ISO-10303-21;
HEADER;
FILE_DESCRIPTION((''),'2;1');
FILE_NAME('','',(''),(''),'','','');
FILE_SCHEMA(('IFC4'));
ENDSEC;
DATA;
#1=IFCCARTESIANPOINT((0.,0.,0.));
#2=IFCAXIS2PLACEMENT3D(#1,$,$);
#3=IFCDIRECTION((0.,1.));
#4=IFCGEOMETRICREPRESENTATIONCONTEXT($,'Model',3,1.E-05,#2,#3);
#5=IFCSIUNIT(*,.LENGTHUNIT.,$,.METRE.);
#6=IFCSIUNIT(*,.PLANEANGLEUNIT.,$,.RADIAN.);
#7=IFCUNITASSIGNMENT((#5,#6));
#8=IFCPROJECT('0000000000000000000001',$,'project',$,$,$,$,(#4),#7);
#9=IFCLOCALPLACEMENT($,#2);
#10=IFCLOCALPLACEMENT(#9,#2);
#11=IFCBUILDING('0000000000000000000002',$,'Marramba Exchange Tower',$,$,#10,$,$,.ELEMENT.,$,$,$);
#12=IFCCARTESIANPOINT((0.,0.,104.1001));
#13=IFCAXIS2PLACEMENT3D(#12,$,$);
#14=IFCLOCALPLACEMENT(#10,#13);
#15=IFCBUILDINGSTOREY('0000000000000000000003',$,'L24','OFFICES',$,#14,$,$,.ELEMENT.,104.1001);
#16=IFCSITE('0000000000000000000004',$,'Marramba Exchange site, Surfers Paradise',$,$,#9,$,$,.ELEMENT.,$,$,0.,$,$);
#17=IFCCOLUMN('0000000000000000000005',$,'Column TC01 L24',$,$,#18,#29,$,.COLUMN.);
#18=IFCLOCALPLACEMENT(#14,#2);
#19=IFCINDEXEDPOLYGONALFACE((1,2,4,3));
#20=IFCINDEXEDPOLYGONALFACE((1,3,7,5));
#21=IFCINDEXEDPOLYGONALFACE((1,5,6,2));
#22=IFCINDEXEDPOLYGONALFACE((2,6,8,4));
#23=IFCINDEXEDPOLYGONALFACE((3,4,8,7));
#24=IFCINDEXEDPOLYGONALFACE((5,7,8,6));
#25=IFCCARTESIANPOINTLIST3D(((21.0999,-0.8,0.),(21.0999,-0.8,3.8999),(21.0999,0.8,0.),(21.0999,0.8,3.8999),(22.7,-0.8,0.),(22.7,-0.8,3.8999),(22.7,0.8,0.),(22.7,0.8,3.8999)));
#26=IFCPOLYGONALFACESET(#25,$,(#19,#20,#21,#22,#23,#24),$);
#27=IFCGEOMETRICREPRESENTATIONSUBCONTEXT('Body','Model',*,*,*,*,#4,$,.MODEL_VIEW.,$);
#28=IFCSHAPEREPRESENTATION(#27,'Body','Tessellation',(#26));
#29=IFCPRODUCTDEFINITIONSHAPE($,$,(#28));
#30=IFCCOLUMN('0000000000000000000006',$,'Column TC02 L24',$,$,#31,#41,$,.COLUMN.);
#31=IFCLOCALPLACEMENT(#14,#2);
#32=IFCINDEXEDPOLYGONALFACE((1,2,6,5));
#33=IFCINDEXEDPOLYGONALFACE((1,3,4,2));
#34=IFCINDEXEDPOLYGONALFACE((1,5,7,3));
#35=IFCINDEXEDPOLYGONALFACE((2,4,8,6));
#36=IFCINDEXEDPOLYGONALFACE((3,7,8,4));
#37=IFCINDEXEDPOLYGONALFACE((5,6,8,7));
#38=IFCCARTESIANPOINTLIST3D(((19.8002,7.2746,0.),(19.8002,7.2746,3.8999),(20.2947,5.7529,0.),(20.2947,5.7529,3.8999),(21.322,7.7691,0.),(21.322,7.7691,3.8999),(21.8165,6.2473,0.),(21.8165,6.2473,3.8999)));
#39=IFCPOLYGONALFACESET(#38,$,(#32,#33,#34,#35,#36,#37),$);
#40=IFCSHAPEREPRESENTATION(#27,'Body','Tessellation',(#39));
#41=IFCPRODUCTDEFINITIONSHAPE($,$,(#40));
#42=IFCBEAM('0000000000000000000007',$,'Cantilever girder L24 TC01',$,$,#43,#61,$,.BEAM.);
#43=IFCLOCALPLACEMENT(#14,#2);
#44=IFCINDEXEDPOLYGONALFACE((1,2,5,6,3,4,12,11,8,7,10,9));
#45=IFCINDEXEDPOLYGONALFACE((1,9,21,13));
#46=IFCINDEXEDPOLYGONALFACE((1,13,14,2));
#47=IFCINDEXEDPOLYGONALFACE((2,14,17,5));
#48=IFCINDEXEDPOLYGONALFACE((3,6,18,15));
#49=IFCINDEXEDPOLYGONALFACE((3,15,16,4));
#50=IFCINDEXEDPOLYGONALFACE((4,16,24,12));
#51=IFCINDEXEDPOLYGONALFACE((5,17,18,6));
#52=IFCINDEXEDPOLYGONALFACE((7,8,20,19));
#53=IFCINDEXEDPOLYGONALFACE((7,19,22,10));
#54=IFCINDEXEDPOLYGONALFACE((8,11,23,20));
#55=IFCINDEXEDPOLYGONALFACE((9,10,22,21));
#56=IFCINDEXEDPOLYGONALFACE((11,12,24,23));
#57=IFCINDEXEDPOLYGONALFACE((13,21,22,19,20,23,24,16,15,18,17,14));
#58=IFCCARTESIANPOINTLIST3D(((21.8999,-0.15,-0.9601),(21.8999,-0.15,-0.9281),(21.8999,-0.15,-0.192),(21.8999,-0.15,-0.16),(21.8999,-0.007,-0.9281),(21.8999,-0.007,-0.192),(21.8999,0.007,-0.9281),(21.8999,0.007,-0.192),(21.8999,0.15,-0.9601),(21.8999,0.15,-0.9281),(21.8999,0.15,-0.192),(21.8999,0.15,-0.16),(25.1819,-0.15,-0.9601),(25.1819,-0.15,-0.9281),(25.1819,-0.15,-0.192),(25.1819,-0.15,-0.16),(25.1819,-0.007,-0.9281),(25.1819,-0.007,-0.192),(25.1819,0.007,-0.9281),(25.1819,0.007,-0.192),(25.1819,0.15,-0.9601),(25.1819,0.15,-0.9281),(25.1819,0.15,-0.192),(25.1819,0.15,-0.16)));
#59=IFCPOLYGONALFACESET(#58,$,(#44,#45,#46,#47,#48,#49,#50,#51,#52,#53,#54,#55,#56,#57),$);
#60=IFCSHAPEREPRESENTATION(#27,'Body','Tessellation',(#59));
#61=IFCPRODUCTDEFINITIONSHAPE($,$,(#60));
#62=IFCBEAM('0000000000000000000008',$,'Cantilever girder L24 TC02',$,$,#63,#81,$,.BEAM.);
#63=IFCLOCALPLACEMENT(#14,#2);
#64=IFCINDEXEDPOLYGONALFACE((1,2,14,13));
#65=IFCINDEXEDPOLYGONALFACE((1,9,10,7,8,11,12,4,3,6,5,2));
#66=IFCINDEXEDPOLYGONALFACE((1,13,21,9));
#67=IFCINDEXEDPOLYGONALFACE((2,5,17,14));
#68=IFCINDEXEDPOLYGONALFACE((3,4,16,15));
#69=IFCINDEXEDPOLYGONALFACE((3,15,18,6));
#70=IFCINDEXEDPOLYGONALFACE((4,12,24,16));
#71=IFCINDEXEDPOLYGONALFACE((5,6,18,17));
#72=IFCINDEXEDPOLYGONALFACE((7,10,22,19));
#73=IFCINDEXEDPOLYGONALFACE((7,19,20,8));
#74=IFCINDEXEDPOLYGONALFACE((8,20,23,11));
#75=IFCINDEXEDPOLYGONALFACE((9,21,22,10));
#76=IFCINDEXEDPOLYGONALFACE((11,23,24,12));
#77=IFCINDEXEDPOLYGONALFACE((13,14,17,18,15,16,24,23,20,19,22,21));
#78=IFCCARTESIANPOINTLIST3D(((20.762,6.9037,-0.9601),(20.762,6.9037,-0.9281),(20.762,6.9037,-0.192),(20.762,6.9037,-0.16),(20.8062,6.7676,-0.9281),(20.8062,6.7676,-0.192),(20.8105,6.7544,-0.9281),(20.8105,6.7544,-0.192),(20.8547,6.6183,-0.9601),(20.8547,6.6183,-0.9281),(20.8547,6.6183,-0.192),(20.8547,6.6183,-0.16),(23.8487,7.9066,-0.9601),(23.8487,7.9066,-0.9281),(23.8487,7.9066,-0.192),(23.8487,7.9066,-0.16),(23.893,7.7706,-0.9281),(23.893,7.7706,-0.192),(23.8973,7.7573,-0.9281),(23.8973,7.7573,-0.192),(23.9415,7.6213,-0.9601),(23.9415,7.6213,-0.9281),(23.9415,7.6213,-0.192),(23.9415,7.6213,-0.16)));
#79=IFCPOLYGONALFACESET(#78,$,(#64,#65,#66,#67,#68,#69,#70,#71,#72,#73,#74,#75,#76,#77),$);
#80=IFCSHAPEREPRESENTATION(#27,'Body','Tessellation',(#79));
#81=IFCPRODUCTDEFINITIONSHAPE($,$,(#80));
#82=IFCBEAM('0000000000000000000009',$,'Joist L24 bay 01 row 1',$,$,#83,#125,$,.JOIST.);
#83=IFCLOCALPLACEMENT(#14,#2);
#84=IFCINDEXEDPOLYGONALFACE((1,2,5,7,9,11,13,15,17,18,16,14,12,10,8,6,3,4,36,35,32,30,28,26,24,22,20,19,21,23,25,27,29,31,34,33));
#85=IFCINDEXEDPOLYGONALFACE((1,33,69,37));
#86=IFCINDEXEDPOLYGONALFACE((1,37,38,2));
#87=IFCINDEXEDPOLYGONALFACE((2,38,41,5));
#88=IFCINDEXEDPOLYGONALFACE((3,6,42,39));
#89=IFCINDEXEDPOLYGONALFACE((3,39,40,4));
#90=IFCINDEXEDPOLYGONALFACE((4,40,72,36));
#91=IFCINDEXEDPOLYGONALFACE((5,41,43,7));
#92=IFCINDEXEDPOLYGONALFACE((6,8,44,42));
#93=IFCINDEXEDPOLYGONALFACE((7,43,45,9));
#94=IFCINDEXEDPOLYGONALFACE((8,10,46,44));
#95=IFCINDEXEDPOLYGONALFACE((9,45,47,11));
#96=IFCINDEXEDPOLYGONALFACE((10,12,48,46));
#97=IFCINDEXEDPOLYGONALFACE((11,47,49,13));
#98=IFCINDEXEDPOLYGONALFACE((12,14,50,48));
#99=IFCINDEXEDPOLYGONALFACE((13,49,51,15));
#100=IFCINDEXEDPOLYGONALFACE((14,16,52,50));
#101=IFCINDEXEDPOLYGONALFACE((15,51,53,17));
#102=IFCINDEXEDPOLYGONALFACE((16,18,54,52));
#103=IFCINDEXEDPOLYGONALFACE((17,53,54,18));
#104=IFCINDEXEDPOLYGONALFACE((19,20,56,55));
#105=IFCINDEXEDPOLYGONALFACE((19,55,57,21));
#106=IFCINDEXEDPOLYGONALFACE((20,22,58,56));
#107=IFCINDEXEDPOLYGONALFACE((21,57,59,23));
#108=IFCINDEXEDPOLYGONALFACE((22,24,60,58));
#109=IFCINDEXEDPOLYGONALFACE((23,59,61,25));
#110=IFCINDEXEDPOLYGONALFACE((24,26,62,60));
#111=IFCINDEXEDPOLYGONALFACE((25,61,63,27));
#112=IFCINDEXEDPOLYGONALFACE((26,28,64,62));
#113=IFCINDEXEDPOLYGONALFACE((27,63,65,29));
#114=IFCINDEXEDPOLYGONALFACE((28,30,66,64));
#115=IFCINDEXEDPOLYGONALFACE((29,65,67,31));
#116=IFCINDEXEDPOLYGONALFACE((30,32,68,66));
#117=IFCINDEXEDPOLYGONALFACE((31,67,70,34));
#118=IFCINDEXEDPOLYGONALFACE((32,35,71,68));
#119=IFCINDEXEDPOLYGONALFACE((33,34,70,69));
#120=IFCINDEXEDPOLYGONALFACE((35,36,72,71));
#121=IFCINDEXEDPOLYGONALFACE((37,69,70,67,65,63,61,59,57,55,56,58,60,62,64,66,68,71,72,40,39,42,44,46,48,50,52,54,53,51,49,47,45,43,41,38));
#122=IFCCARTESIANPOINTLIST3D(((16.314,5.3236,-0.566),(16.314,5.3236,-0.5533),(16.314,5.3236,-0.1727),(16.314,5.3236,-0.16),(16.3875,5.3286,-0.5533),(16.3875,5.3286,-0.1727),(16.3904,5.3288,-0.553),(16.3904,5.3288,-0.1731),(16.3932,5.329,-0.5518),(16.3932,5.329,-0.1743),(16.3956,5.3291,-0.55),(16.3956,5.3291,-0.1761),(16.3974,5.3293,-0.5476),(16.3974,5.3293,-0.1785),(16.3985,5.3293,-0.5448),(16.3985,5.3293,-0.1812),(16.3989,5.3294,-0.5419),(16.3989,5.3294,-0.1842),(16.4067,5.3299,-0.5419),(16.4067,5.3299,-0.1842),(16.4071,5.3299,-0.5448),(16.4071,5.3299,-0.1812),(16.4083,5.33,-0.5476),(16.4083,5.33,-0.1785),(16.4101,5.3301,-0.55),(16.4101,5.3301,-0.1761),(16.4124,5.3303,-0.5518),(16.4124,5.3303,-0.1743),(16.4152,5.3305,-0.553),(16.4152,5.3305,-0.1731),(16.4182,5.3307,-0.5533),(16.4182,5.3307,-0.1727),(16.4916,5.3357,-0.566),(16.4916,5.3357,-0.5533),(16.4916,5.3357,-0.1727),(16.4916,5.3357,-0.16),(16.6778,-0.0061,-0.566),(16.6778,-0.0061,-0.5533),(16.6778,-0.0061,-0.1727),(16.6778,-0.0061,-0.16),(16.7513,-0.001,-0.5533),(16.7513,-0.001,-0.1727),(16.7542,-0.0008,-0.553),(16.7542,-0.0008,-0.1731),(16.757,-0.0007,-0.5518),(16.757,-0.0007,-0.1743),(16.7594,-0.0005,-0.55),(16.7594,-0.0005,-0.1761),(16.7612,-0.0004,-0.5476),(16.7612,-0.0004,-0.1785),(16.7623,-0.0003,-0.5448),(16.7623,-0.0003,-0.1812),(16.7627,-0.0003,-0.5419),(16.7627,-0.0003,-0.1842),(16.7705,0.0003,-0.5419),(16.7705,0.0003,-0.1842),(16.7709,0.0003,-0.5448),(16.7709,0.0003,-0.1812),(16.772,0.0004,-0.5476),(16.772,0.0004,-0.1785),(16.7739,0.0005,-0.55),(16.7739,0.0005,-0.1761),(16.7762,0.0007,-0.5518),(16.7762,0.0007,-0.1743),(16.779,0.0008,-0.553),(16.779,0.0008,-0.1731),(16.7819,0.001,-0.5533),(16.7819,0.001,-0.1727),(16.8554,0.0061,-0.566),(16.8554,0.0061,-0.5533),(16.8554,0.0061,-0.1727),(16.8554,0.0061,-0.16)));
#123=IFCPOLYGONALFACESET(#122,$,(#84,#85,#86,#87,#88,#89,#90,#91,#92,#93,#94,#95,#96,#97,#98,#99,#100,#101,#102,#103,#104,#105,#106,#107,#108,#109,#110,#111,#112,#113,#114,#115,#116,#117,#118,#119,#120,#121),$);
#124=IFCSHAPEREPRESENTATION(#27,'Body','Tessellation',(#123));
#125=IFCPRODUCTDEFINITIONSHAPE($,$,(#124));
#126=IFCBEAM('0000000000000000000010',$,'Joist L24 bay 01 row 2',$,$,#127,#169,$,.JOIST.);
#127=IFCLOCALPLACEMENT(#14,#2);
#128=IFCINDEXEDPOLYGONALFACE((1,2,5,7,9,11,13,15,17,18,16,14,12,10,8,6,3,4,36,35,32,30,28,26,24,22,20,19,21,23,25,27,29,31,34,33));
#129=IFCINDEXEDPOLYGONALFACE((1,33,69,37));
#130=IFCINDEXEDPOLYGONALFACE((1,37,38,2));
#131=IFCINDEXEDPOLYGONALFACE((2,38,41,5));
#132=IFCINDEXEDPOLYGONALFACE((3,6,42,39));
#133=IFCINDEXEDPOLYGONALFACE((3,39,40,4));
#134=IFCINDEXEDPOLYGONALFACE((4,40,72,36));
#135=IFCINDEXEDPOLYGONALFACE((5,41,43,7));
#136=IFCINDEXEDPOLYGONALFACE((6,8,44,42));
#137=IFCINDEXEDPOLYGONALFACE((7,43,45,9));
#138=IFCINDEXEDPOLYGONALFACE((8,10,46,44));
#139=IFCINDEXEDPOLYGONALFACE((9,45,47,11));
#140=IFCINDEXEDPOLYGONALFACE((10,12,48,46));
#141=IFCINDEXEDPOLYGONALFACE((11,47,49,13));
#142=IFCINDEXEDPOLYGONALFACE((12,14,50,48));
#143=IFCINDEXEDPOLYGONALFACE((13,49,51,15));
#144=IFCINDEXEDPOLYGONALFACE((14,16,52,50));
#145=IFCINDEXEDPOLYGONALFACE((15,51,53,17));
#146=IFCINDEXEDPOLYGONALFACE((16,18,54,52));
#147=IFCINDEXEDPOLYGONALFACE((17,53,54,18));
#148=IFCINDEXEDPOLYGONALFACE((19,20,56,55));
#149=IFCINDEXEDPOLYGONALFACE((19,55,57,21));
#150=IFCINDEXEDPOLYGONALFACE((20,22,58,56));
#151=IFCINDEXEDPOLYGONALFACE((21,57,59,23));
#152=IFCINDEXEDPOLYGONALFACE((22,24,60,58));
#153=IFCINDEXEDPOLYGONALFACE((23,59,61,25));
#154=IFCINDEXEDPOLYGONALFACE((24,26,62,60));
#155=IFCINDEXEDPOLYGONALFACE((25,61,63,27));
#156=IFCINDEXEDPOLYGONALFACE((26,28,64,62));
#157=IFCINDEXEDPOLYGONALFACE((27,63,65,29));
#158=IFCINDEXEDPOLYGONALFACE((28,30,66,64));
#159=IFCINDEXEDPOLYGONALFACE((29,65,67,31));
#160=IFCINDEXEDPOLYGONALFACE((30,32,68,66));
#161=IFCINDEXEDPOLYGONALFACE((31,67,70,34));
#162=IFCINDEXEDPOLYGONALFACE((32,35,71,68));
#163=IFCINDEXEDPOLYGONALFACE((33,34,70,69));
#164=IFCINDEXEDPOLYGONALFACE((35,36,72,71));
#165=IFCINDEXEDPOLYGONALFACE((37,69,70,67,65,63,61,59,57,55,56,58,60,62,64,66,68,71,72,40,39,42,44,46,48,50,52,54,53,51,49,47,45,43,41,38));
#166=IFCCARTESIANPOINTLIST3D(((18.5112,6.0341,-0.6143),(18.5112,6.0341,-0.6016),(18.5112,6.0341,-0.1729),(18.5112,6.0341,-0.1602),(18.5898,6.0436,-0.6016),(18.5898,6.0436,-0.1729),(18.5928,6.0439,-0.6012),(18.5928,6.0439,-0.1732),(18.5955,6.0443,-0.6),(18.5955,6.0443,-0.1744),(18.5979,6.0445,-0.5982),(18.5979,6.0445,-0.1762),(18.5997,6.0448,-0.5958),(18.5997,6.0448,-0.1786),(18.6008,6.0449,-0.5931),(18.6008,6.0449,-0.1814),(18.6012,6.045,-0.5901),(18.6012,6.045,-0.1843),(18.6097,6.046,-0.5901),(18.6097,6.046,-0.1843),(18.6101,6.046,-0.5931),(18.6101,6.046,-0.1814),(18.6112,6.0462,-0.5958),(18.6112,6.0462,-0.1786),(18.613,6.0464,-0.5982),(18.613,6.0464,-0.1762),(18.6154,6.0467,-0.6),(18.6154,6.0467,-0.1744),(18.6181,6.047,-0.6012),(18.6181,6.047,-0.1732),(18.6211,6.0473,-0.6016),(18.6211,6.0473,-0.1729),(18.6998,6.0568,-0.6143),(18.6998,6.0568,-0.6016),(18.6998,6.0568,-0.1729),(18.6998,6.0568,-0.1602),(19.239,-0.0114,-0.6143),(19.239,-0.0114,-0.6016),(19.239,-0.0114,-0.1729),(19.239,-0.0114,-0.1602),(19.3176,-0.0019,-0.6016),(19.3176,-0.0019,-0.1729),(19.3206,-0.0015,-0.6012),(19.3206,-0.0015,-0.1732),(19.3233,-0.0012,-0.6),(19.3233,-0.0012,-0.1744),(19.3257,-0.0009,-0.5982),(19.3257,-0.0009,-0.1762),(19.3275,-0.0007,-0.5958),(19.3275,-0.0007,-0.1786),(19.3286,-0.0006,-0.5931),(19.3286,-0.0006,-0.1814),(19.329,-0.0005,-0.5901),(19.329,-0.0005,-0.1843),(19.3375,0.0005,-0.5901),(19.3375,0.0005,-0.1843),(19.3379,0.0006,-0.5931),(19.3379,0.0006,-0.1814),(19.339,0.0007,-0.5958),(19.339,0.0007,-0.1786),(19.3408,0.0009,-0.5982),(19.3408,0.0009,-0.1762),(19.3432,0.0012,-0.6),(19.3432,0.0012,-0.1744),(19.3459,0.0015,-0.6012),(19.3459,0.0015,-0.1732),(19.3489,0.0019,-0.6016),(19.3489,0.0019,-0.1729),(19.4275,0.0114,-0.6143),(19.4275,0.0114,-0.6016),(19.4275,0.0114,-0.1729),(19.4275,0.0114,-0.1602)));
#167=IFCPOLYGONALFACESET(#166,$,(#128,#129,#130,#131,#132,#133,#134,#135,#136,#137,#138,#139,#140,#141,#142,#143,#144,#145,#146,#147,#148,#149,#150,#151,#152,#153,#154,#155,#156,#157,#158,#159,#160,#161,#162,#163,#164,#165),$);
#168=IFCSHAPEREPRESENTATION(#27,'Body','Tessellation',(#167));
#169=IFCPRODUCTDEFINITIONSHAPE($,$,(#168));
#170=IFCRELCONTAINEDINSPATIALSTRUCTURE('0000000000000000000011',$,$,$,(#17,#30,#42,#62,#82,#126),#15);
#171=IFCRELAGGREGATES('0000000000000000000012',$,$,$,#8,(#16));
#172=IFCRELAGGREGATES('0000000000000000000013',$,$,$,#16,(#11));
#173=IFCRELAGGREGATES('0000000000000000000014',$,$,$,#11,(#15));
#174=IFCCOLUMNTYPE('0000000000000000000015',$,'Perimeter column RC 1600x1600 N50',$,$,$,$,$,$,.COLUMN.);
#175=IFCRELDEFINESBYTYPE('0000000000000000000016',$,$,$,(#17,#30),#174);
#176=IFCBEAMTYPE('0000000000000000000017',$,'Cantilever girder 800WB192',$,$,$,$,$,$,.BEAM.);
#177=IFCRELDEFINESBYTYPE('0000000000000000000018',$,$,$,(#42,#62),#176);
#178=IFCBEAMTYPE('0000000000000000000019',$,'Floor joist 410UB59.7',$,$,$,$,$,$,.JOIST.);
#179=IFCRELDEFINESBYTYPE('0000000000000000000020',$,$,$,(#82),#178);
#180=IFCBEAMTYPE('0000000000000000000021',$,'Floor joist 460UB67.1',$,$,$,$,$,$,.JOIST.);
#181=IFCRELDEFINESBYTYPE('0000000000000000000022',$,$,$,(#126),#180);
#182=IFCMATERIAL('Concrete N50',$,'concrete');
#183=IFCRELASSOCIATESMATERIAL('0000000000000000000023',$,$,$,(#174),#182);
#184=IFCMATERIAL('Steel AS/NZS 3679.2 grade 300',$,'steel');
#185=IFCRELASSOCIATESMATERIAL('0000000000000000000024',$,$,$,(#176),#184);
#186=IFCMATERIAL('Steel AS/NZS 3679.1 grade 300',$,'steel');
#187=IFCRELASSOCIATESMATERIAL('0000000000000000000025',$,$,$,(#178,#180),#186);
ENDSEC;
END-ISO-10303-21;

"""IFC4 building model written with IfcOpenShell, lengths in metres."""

from ifc_helpers import new_model, si_unit, direction, frame, origin, origin_2d, place, context, subcontext, project, spatial, rectangle, i_section, extrude, material, material_profile, profile_set, type_object, element, save


model = new_model("IFC4")

# Units and contexts
model_context = context("Model", 3, precision=1e-05, world=origin(), true_north=direction((0.0, 1.0)))
body_context = subcontext(model_context, "Body", "Model", "MODEL_VIEW")
ifc_project = project(units=[si_unit("LENGTHUNIT", "METRE"), si_unit("PLANEANGLEUNIT", "RADIAN")], contexts=[model_context])

# Site, building, storey
site_placement = place(None, origin())
site = spatial("IfcSite", under=ifc_project, at=site_placement, Name="Marramba Exchange site, Surfers Paradise", CompositionType="ELEMENT", RefElevation=0.0)
building_placement = place(site_placement, origin())
building = spatial("IfcBuilding", under=site, at=building_placement, Name="Marramba Exchange Tower", CompositionType="ELEMENT")
storey_placement = place(building_placement, frame((0.0, 0.0, 104.1001)))
storey = spatial("IfcBuildingStorey", under=building, at=storey_placement, Name="L24", Description="OFFICES", CompositionType="ELEMENT", Elevation=104.1001)

# Columns
ifc_material_1 = material(Name="Concrete N50", Category="concrete")
ifc_material_profile_1 = material_profile(ifc_material_1, rectangle(XDim=1.6001, YDim=1.6001, at=origin_2d()), Name="RC 1600x1600")
ifc_profile_set_1 = profile_set([ifc_material_profile_1], Name="Concrete N50")
column_type = type_object("IfcColumnType", Name="Perimeter column RC 1600x1600 N50", PredefinedType="COLUMN", material=ifc_profile_set_1)
for number, where, z_axis, x_axis, name in (
    (1, (21.8999, 0.0, 0.0), (0.0, 0.0, 1.0), (1.0, 0.0, 0.0), "Column TC01 L24"),
    (2, (20.8083, 6.761, 0.0), (0.0, 0.0, 1.0), (0.951057, 0.309017, 0.0), "Column TC02 L24"),
):
    element("IfcColumn", number, at=place(storey_placement, frame(where, z_axis=z_axis, x_axis=x_axis)), inside=storey, type_object=column_type, Name=name, PredefinedType="COLUMN", context=body_context, shape_type="SweptSolid", body=[
        extrude(rectangle(XDim=1.6001, YDim=1.6001, at=origin_2d()), origin(), (0.0, 0.0, 1.0), 3.8999),
    ])

# Beams
ifc_material_2 = material(Name="Steel AS/NZS 3679.2 grade 300", Category="steel")
ifc_material_profile_2 = material_profile(ifc_material_2, i_section(OverallWidth=0.3, OverallDepth=0.8, WebThickness=0.0139, FlangeThickness=0.032, at=origin_2d()), Name="800WB192")
ifc_profile_set_2 = profile_set([ifc_material_profile_2], Name="Steel AS/NZS 3679.2 grade 300")
beam_type_1 = type_object("IfcBeamType", Name="Cantilever girder 800WB192", PredefinedType="BEAM", material=ifc_profile_set_2)
beam_1_placement = place(storey_placement, frame((21.8999, 0.0, -0.5601), z_axis=(1.0, 0.0, 0.0), x_axis=(0.0, 1.0, 0.0)))
element("IfcBeam", 3, at=beam_1_placement, inside=storey, type_object=beam_type_1, Name="Cantilever girder L24 TC01", PredefinedType="BEAM", context=body_context, shape_type="SweptSolid", body=[
    extrude(i_section(OverallWidth=0.3, OverallDepth=0.8, WebThickness=0.0139, FlangeThickness=0.032, at=origin_2d()), origin(), (0.0, 0.0, 1.0), 3.282),
])
beam_2_placement = place(storey_placement, frame((20.8083, 6.761, -0.5601), z_axis=(0.951056, 0.30902, 0.0), x_axis=(-0.30902, 0.951056, 0.0)))
element("IfcBeam", 4, at=beam_2_placement, inside=storey, type_object=beam_type_1, Name="Cantilever girder L24 TC02", PredefinedType="BEAM", context=body_context, shape_type="SweptSolid", body=[
    extrude(i_section(OverallWidth=0.3, OverallDepth=0.8, WebThickness=0.0139, FlangeThickness=0.032, at=origin_2d()), origin(), (0.0, 0.0, 1.0), 3.2456),
])
ifc_material_3 = material(Name="Steel AS/NZS 3679.1 grade 300", Category="steel")
ifc_material_profile_3 = material_profile(ifc_material_3, i_section(OverallWidth=0.178, OverallDepth=0.406, WebThickness=0.0078, FlangeThickness=0.0127, FilletRadius=0.0115, at=origin_2d()), Name="410UB59.7")
ifc_profile_set_3 = profile_set([ifc_material_profile_3], Name="Steel AS/NZS 3679.1 grade 300")
beam_type_2 = type_object("IfcBeamType", Name="Floor joist 410UB59.7", PredefinedType="JOIST", material=ifc_profile_set_3)
beam_3_placement = place(storey_placement, frame((16.7666, 0.0, -0.363), z_axis=(-0.068096, 0.997679, 0.0), x_axis=(-0.997679, -0.068096, 0.0)))
element("IfcBeam", 5, at=beam_3_placement, inside=storey, type_object=beam_type_2, Name="Joist L24 bay 01 row 1", PredefinedType="JOIST", context=body_context, shape_type="SweptSolid", body=[
    extrude(i_section(OverallWidth=0.178, OverallDepth=0.406, WebThickness=0.0078, FlangeThickness=0.0127, FilletRadius=0.0115, at=origin_2d()), origin(), (0.0, 0.0, 1.0), 5.342),
])
ifc_material_profile_4 = material_profile(ifc_material_3, i_section(OverallWidth=0.1899, OverallDepth=0.4541, WebThickness=0.0085, FlangeThickness=0.0127, FilletRadius=0.0115, at=origin_2d()), Name="460UB67.1")
ifc_profile_set_4 = profile_set([ifc_material_profile_4], Name="Steel AS/NZS 3679.1 grade 300")
beam_type_3 = type_object("IfcBeamType", Name="Floor joist 460UB67.1", PredefinedType="JOIST", material=ifc_profile_set_4)
beam_4_placement = place(storey_placement, frame((19.3333, 0.0, -0.3872), z_axis=(-0.119523, 0.992831, 0.0), x_axis=(-0.992831, -0.119523, 0.0)))
element("IfcBeam", 6, at=beam_4_placement, inside=storey, type_object=beam_type_3, Name="Joist L24 bay 01 row 2", PredefinedType="JOIST", context=body_context, shape_type="SweptSolid", body=[
    extrude(i_section(OverallWidth=0.1899, OverallDepth=0.4541, WebThickness=0.0085, FlangeThickness=0.0127, FilletRadius=0.0115, at=origin_2d()), origin(), (0.0, 0.0, 1.0), 6.0891),
])

save(model, "model.ifc")
